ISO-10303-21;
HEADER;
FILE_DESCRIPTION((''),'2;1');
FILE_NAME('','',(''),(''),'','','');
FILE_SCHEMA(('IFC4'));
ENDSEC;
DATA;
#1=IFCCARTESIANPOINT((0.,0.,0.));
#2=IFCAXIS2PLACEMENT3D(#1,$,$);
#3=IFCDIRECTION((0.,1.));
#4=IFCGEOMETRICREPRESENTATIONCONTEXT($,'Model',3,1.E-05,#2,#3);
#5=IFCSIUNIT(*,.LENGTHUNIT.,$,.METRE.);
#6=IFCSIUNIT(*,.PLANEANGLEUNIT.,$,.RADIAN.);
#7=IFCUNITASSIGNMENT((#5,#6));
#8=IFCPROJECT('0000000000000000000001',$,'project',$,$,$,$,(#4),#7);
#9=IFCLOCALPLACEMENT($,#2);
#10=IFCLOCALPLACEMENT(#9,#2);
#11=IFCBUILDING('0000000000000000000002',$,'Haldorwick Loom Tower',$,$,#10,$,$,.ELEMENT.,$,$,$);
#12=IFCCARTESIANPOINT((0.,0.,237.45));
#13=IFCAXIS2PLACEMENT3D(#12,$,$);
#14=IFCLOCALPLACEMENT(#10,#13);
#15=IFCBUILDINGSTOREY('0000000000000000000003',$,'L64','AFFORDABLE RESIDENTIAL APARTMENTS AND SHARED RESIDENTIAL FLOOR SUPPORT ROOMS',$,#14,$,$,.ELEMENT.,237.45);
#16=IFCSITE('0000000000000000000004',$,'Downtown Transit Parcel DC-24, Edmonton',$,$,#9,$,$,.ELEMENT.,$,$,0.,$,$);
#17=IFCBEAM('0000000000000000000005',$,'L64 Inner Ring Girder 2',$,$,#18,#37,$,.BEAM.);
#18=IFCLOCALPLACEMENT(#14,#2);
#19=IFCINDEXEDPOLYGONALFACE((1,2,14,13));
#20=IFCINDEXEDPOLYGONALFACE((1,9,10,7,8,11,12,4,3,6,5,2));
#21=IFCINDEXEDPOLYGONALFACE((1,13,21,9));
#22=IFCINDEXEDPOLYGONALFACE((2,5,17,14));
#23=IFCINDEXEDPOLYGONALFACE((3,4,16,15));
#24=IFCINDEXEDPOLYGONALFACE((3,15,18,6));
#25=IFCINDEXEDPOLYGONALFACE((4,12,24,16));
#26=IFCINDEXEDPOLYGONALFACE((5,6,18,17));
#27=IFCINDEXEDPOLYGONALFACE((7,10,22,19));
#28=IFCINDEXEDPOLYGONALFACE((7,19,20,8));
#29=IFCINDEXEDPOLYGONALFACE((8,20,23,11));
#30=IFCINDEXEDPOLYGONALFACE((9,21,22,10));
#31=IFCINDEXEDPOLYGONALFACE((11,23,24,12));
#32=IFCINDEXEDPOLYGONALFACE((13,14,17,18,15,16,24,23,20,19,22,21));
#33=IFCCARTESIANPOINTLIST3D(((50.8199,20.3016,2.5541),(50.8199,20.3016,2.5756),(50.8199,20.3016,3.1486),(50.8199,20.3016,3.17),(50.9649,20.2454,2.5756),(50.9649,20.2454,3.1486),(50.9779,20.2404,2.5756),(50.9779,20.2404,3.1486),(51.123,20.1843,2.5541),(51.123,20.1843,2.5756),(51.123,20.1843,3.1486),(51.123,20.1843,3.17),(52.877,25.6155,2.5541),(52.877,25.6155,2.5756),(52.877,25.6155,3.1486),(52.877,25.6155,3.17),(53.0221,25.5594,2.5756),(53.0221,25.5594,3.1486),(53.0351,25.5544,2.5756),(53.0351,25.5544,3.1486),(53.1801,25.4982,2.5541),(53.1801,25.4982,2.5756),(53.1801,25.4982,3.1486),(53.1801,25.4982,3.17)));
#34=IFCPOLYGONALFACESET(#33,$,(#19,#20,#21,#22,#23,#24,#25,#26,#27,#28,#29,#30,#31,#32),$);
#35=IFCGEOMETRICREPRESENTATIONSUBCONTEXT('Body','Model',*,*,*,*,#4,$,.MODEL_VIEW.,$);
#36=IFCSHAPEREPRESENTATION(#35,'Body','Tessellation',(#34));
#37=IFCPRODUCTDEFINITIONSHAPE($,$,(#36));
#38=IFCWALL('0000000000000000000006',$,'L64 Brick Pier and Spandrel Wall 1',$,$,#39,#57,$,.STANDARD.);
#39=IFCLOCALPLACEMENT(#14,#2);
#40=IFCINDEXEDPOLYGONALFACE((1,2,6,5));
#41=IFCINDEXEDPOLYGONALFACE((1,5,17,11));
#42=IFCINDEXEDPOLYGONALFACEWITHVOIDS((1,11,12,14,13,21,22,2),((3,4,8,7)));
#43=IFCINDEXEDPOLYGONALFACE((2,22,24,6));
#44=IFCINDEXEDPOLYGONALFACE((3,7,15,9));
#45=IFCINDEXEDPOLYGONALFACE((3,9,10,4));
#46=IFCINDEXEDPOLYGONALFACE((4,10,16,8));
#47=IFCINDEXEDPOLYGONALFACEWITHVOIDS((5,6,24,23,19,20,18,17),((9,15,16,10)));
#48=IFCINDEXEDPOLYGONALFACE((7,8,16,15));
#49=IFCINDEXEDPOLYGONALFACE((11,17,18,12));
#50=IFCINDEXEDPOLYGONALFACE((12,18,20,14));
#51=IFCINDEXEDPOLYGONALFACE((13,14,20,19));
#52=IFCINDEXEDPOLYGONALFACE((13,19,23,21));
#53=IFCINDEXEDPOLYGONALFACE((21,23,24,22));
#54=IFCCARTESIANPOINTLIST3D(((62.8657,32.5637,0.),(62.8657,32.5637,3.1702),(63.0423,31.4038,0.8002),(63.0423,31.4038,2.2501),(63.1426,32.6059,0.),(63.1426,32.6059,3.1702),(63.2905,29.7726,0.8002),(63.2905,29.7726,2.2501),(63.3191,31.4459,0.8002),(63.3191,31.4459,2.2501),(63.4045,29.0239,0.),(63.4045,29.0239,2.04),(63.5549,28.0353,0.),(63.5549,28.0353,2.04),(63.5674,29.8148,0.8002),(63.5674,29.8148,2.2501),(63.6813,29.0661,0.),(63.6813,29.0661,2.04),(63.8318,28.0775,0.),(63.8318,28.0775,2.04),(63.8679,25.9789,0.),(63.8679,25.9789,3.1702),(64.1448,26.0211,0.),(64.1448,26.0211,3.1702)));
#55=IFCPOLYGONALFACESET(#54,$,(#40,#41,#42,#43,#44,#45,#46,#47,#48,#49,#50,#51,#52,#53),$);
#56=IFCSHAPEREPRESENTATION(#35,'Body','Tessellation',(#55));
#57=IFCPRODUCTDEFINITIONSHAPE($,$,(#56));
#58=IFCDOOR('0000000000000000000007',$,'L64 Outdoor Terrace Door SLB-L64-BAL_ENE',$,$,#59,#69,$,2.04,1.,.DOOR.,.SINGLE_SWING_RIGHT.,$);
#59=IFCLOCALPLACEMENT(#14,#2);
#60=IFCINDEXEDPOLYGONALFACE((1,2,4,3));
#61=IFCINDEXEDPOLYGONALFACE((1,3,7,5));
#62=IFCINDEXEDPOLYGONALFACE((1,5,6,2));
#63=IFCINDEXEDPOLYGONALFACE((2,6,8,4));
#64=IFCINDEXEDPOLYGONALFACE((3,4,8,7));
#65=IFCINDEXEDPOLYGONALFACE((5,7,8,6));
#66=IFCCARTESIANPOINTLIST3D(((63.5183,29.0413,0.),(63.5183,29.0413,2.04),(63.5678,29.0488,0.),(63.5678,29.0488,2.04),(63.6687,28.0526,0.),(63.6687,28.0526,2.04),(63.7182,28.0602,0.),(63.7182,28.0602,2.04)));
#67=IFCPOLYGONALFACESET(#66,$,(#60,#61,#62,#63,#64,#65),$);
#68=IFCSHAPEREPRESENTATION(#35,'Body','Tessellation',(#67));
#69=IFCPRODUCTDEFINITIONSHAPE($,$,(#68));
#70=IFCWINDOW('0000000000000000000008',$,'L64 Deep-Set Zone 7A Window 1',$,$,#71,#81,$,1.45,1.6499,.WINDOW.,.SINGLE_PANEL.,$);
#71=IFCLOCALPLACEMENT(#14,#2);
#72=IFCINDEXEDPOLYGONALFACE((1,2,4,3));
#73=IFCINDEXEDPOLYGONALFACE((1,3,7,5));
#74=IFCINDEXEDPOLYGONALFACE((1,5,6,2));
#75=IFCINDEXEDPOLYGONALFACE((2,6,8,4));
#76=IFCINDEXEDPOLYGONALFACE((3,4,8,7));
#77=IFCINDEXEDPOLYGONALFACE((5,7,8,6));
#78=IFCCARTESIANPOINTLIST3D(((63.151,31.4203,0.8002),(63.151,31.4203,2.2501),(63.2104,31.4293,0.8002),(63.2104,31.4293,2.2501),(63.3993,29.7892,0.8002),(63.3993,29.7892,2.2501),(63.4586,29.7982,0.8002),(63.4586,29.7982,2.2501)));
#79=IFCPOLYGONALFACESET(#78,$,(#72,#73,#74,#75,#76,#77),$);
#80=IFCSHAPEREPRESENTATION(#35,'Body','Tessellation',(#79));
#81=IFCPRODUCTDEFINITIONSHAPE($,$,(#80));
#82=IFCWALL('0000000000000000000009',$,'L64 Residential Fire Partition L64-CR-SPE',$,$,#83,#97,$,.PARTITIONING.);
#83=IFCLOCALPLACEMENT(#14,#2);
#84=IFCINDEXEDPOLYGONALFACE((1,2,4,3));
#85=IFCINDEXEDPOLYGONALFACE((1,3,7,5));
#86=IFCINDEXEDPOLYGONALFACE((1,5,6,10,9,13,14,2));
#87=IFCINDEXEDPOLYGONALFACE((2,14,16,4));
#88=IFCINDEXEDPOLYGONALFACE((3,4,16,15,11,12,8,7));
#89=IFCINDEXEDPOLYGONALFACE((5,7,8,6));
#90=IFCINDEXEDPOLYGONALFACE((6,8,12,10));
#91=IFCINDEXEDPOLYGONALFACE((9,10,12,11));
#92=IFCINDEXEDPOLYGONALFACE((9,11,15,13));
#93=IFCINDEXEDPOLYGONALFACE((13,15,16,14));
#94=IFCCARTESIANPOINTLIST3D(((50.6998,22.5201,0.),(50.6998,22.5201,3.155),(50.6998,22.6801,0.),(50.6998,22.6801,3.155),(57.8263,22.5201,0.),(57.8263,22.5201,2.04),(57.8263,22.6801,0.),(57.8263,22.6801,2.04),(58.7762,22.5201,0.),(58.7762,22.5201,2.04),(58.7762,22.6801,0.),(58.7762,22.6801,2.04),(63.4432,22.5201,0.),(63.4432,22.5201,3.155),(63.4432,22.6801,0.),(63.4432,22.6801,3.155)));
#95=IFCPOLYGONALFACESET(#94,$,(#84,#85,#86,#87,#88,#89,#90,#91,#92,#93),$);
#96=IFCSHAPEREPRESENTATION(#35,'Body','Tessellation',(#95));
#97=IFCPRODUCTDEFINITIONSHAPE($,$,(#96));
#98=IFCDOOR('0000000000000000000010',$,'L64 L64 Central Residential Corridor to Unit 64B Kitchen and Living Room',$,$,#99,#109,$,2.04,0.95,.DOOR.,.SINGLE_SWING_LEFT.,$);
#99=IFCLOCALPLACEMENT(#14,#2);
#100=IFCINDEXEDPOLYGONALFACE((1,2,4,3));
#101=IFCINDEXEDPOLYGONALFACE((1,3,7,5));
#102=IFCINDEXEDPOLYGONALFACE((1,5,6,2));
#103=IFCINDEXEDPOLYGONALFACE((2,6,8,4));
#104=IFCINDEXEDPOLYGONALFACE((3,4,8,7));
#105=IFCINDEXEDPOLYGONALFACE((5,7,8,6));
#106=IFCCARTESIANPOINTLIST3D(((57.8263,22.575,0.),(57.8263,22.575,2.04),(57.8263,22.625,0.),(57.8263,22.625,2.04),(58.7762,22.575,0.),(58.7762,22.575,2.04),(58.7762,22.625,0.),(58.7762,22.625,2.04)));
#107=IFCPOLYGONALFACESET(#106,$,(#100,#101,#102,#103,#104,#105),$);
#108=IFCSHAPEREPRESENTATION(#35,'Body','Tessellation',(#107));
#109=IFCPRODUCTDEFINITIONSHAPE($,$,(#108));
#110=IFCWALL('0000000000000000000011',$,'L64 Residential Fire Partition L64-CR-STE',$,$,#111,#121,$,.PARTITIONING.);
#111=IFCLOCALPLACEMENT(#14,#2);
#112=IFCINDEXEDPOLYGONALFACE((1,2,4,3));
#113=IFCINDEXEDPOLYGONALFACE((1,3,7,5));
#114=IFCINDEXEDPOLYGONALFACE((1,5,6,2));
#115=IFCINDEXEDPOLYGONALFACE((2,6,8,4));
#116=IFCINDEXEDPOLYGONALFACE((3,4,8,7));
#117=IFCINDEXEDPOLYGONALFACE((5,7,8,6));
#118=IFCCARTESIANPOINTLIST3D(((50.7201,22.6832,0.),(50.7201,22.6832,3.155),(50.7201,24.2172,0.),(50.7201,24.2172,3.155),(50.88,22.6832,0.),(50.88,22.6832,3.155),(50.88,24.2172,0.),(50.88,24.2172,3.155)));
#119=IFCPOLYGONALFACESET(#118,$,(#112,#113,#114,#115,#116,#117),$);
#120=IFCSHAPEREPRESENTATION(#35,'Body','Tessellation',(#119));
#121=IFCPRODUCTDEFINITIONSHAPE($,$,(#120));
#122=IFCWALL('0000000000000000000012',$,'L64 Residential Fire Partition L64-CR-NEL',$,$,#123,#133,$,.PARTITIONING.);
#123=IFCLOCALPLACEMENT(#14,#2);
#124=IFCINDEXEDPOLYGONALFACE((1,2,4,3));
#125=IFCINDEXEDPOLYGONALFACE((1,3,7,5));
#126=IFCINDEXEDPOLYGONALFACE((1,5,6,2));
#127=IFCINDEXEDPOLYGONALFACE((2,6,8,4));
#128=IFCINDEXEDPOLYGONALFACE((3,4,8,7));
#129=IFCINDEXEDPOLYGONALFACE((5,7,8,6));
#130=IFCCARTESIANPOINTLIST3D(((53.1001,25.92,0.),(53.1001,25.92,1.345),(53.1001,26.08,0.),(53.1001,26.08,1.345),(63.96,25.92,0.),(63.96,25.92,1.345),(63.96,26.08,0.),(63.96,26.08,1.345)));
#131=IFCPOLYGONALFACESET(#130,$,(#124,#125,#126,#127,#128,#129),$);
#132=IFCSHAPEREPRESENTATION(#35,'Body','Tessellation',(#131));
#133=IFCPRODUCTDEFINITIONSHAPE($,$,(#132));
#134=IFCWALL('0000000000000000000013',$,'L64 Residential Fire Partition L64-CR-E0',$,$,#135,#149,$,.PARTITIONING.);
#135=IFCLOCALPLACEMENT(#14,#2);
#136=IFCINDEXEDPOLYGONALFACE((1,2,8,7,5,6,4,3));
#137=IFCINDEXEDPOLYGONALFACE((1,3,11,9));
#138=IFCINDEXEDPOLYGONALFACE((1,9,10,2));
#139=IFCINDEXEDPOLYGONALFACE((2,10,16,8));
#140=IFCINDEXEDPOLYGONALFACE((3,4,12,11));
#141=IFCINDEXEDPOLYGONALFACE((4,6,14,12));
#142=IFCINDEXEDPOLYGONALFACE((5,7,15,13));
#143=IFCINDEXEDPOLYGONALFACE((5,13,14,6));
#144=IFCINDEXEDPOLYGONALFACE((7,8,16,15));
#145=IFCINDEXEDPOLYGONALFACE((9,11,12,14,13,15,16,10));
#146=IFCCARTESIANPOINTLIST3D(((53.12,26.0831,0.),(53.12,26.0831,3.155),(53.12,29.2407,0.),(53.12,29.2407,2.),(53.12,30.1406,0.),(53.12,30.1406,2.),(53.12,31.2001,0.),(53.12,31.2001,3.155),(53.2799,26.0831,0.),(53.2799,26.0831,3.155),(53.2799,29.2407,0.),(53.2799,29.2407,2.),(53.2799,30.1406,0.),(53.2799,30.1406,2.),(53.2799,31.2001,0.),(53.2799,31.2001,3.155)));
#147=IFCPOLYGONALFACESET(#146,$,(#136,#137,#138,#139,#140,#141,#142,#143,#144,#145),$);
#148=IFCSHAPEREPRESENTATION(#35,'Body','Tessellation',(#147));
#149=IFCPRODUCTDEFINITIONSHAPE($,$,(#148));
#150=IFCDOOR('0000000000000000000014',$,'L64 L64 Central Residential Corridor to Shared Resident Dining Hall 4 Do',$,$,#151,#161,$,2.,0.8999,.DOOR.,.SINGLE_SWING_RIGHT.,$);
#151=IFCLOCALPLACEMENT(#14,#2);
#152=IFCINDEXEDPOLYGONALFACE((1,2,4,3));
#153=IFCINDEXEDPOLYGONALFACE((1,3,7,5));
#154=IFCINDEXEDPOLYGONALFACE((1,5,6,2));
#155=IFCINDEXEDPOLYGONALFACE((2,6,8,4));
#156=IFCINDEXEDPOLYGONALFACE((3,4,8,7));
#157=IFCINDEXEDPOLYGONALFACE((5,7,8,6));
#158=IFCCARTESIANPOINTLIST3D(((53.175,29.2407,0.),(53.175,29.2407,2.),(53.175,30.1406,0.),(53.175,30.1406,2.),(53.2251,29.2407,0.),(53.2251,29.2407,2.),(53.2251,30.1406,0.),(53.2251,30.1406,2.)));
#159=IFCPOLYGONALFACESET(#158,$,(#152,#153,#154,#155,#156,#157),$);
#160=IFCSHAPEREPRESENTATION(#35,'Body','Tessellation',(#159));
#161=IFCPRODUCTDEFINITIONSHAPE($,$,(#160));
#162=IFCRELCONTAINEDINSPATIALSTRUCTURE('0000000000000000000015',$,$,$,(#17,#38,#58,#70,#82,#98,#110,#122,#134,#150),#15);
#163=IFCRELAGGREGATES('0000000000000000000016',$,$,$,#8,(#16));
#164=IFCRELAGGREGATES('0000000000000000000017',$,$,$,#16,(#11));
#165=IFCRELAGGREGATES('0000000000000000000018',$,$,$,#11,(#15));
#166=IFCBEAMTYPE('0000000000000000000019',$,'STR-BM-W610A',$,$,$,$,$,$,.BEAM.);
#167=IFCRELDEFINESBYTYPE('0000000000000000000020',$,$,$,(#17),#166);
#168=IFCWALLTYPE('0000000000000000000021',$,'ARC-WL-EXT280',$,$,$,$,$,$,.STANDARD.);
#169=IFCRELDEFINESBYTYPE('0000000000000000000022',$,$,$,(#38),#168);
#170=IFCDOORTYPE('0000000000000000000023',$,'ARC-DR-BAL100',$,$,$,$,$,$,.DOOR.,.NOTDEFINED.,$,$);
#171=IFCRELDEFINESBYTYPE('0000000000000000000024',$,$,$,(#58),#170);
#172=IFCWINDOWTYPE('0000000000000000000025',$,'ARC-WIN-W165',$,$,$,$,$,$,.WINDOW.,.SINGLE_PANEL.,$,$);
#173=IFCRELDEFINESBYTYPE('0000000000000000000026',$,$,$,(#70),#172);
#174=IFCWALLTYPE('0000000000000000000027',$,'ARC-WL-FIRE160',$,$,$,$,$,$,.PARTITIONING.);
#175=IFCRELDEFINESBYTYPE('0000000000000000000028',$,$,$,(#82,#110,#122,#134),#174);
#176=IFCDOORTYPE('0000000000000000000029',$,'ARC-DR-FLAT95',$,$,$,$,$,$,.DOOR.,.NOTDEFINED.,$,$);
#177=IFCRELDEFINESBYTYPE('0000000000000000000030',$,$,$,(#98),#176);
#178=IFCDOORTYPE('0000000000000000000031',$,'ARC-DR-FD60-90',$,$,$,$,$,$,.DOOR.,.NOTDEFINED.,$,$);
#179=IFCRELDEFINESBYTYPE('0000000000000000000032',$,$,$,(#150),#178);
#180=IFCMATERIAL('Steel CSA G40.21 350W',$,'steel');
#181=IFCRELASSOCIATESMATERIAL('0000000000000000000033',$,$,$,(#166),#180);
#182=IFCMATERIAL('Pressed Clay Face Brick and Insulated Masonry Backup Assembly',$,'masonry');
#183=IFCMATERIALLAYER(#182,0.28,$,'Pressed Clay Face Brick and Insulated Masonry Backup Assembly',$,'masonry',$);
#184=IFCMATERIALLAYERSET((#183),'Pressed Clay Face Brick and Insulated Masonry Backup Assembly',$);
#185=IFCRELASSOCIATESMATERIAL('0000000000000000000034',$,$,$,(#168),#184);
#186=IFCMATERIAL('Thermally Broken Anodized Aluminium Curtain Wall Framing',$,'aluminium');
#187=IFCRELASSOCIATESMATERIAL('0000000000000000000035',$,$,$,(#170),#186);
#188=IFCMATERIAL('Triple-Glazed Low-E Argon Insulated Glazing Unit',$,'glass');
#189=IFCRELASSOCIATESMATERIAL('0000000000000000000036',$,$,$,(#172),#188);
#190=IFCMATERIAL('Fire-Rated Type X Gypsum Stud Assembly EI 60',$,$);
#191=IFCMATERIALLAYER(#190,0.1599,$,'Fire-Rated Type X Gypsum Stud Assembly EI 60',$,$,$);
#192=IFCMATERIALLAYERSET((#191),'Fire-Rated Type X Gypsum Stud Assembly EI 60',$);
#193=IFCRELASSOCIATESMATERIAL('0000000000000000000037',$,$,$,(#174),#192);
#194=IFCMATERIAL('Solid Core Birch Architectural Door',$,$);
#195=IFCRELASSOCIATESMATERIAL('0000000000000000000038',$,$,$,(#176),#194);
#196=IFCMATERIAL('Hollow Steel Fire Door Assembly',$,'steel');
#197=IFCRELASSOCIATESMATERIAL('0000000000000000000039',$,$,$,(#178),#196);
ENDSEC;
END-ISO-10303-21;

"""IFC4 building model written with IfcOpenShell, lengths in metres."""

from ifc_helpers import new_model, si_unit, direction, frame, frame_2d, origin, origin_2d, place, context, subcontext, project, spatial, rectangle, i_section, extrude, material, layer, layer_set, material_profile, profile_set, type_object, element, fill, save


model = new_model("IFC4")

# Units and contexts
model_context = context("Model", 3, precision=1e-05, world=origin(), true_north=direction((0.0, 1.0)))
body_context = subcontext(model_context, "Body", "Model", "MODEL_VIEW")
ifc_project = project(units=[si_unit("LENGTHUNIT", "METRE"), si_unit("PLANEANGLEUNIT", "RADIAN")], contexts=[model_context])

# Site, building, storey
site_placement = place(None, origin())
site = spatial("IfcSite", under=ifc_project, at=site_placement, Name="Downtown Transit Parcel DC-24, Edmonton", CompositionType="ELEMENT", RefElevation=0.0)
building_placement = place(site_placement, origin())
building = spatial("IfcBuilding", under=site, at=building_placement, Name="Haldorwick Loom Tower", CompositionType="ELEMENT")
storey_placement = place(building_placement, frame((0.0, 0.0, 237.45)))
storey = spatial("IfcBuildingStorey", under=building, at=storey_placement, Name="L64", Description="AFFORDABLE RESIDENTIAL APARTMENTS AND SHARED RESIDENTIAL FLOOR SUPPORT ROOMS", CompositionType="ELEMENT", Elevation=237.45)

# Shared definitions
ifc_material_1 = material(Name="Steel CSA G40.21 350W", Category="steel")

# Beam
ifc_material_profile_1 = material_profile(ifc_material_1, i_section(OverallWidth=0.325, OverallDepth=0.616, WebThickness=0.0139, FlangeThickness=0.0215, at=origin_2d()), Name="W610X174", Category="steel")
ifc_profile_set_1 = profile_set([ifc_material_profile_1], Name="Steel CSA G40.21 350W")
beam_type_1 = type_object("IfcBeamType", Name="STR-BM-W610A", PredefinedType="BEAM", material=ifc_profile_set_1)
beam_1_placement = place(storey_placement, frame((53.0286, 25.5569, 2.8621), z_axis=(-0.361011, -0.932562, 0.0), x_axis=(0.932562, -0.361011, 0.0)))
element("IfcBeam", 1, at=beam_1_placement, inside=storey, type_object=beam_type_1, Name="L64 Inner Ring Girder 2", PredefinedType="BEAM", context=body_context, shape_type="SweptSolid", body=[
    extrude(i_section(OverallWidth=0.325, OverallDepth=0.616, WebThickness=0.0139, FlangeThickness=0.0215, at=origin_2d()), origin(), (0.0, 0.0, 1.0), 5.6982),
])

# Wall, openings, door, window
ifc_material_2 = material(Name="Pressed Clay Face Brick and Insulated Masonry Backup Assembly", Category="masonry")
ifc_layer_1 = layer(ifc_material_2, 0.28, Name="Pressed Clay Face Brick and Insulated Masonry Backup Assembly", Category="masonry")
ifc_layer_set_1 = layer_set([ifc_layer_1], Name="Pressed Clay Face Brick and Insulated Masonry Backup Assembly")
wall_type_1 = type_object("IfcWallType", Name="ARC-WL-EXT280", PredefinedType="STANDARD", material=ifc_layer_set_1)
wall_1_placement = place(storey_placement, frame((64.0063, 26.0, 0.0), z_axis=(0.0, 0.0, 1.0), x_axis=(-0.150468, 0.988615, 0.0)))
wall_1 = element("IfcWall", 2, at=wall_1_placement, inside=storey, type_object=wall_type_1, Name="L64 Brick Pier and Spandrel Wall 1", PredefinedType="STANDARD", context=body_context, shape_type="SweptSolid", body=[
    extrude(rectangle(XDim=6.6606, YDim=0.28, at=frame_2d((3.3303, 0.0))), origin(), (0.0, 0.0, 1.0), 3.1702),
])
opening_1_placement = place(wall_1_placement, frame((2.0801, 0.0, 0.0)))
opening_1 = element("IfcOpeningElement", 3, at=opening_1_placement, cuts=wall_1, PredefinedType="OPENING", context=body_context, shape_type="SweptSolid", body=[
    extrude(rectangle(XDim=1.0, YDim=2.04, at=frame_2d((0.5, 1.02))), frame((0.0, 0.1499, 0.0), z_axis=(0.0, -1.0, 0.0), x_axis=(1.0, 0.0, 0.0)), (0.0, 0.0, 1.0), 0.3),
])
opening_2_placement = place(wall_1_placement, frame((3.8374, 0.0, 0.8)))
opening_2 = element("IfcOpeningElement", 4, at=opening_2_placement, cuts=wall_1, PredefinedType="OPENING", context=body_context, shape_type="SweptSolid", body=[
    extrude(rectangle(XDim=1.6499, YDim=1.45, at=frame_2d((0.825, 0.7251))), frame((0.0, 0.1499, 0.0), z_axis=(0.0, -1.0, 0.0), x_axis=(1.0, 0.0, 0.0)), (0.0, 0.0, 1.0), 0.3),
])
ifc_material_3 = material(Name="Thermally Broken Anodized Aluminium Curtain Wall Framing", Category="aluminium")
door_type_1 = type_object("IfcDoorType", Name="ARC-DR-BAL100", OperationType="NOTDEFINED", PredefinedType="DOOR", material=ifc_material_3)
door_1_placement = place(opening_1_placement, origin())
door_1 = element("IfcDoor", 5, at=door_1_placement, inside=storey, type_object=door_type_1, Name="L64 Outdoor Terrace Door SLB-L64-BAL_ENE", OperationType="SINGLE_SWING_RIGHT", OverallHeight=2.04, OverallWidth=1.0, PredefinedType="DOOR", context=body_context, shape_type="SweptSolid", body=[
    extrude(rectangle(XDim=1.0, YDim=2.04, at=frame_2d((0.5, 1.02))), frame((0.0, 0.0249, 0.0), z_axis=(0.0, -1.0, 0.0), x_axis=(1.0, 0.0, 0.0)), (0.0, 0.0, 1.0), 0.05),
])
fill(opening_1, door_1)
ifc_material_4 = material(Name="Triple-Glazed Low-E Argon Insulated Glazing Unit", Category="glass")
window_type = type_object("IfcWindowType", Name="ARC-WIN-W165", PartitioningType="SINGLE_PANEL", PredefinedType="WINDOW", material=ifc_material_4)
window_placement = place(opening_2_placement, origin())
window = element("IfcWindow", 6, at=window_placement, inside=storey, type_object=window_type, Name="L64 Deep-Set Zone 7A Window 1", OverallHeight=1.45, OverallWidth=1.6499, PartitioningType="SINGLE_PANEL", PredefinedType="WINDOW", context=body_context, shape_type="SweptSolid", body=[
    extrude(rectangle(XDim=1.6499, YDim=1.45, at=frame_2d((0.825, 0.7251))), frame((0.0, 0.03, 0.0), z_axis=(0.0, -1.0, 0.0), x_axis=(1.0, 0.0, 0.0)), (0.0, 0.0, 1.0), 0.0601),
])
fill(opening_2, window)

# Wall, opening, door
ifc_material_5 = material(Name="Fire-Rated Type X Gypsum Stud Assembly EI 60")
ifc_layer_2 = layer(ifc_material_5, 0.1599, Name="Fire-Rated Type X Gypsum Stud Assembly EI 60")
ifc_layer_set_2 = layer_set([ifc_layer_2], Name="Fire-Rated Type X Gypsum Stud Assembly EI 60")
wall_type_2 = type_object("IfcWallType", Name="ARC-WL-FIRE160", PredefinedType="PARTITIONING", material=ifc_layer_set_2)
wall_2_placement = place(storey_placement, frame((50.7, 22.6001, 0.0), z_axis=(0.0, 0.0, 1.0), x_axis=(1.0, 0.0, 0.0)))
wall_2 = element("IfcWall", 7, at=wall_2_placement, inside=storey, type_object=wall_type_2, Name="L64 Residential Fire Partition L64-CR-SPE", PredefinedType="PARTITIONING", context=body_context, shape_type="SweptSolid", body=[
    extrude(rectangle(XDim=12.7434, YDim=0.1599, at=frame_2d((6.3716, 0.0))), origin(), (0.0, 0.0, 1.0), 3.155),
])
opening_3_placement = place(wall_2_placement, frame((7.1262, 0.0, 0.0)))
opening_3 = element("IfcOpeningElement", 8, at=opening_3_placement, cuts=wall_2, PredefinedType="OPENING", context=body_context, shape_type="SweptSolid", body=[
    extrude(rectangle(XDim=0.95, YDim=2.04, at=frame_2d((0.4751, 1.02))), frame((0.0, 0.0898, 0.0), z_axis=(0.0, -1.0, 0.0), x_axis=(1.0, 0.0, 0.0)), (0.0, 0.0, 1.0), 0.1799),
])
ifc_material_6 = material(Name="Solid Core Birch Architectural Door")
door_type_2 = type_object("IfcDoorType", Name="ARC-DR-FLAT95", OperationType="NOTDEFINED", PredefinedType="DOOR", material=ifc_material_6)
door_2_placement = place(opening_3_placement, origin())
door_2 = element("IfcDoor", 9, at=door_2_placement, inside=storey, type_object=door_type_2, Name="L64 L64 Central Residential Corridor to Unit 64B Kitchen and Living Room", OperationType="SINGLE_SWING_LEFT", OverallHeight=2.04, OverallWidth=0.95, PredefinedType="DOOR", context=body_context, shape_type="SweptSolid", body=[
    extrude(rectangle(XDim=0.95, YDim=2.04, at=frame_2d((0.4751, 1.02))), frame((0.0, 0.0249, 0.0), z_axis=(0.0, -1.0, 0.0), x_axis=(1.0, 0.0, 0.0)), (0.0, 0.0, 1.0), 0.05),
])
fill(opening_3, door_2)

# Walls
wall_3_placement = place(storey_placement, frame((50.8, 22.6831, 0.0), z_axis=(0.0, 0.0, 1.0), x_axis=(0.0, 1.0, 0.0)))
element("IfcWall", 10, at=wall_3_placement, inside=storey, type_object=wall_type_2, Name="L64 Residential Fire Partition L64-CR-STE", PredefinedType="PARTITIONING", context=body_context, shape_type="SweptSolid", body=[
    extrude(rectangle(XDim=1.5339, YDim=0.1599, at=frame_2d((0.7671, 0.0))), origin(), (0.0, 0.0, 1.0), 3.155),
])
wall_4_placement = place(storey_placement, frame((53.1001, 26.0, 0.0), z_axis=(0.0, 0.0, 1.0), x_axis=(1.0, 0.0, 0.0)))
element("IfcWall", 11, at=wall_4_placement, inside=storey, type_object=wall_type_2, Name="L64 Residential Fire Partition L64-CR-NEL", PredefinedType="PARTITIONING", context=body_context, shape_type="SweptSolid", body=[
    extrude(rectangle(XDim=10.8599, YDim=0.1599, at=frame_2d((5.4299, 0.0))), origin(), (0.0, 0.0, 1.0), 1.345),
])

# Wall, opening, door
wall_5_placement = place(storey_placement, frame((53.2, 26.083, 0.0), z_axis=(0.0, 0.0, 1.0), x_axis=(0.0, 1.0, 0.0)))
wall_5 = element("IfcWall", 12, at=wall_5_placement, inside=storey, type_object=wall_type_2, Name="L64 Residential Fire Partition L64-CR-E0", PredefinedType="PARTITIONING", context=body_context, shape_type="SweptSolid", body=[
    extrude(rectangle(XDim=5.1169, YDim=0.1599, at=frame_2d((2.5586, 0.0))), origin(), (0.0, 0.0, 1.0), 3.155),
])
opening_4_placement = place(wall_5_placement, frame((3.1577, 0.0, 0.0)))
opening_4 = element("IfcOpeningElement", 13, at=opening_4_placement, cuts=wall_5, PredefinedType="OPENING", context=body_context, shape_type="SweptSolid", body=[
    extrude(rectangle(XDim=0.8999, YDim=2.0, at=frame_2d((0.45, 1.0))), frame((0.0, 0.0898, 0.0), z_axis=(0.0, -1.0, 0.0), x_axis=(1.0, 0.0, 0.0)), (0.0, 0.0, 1.0), 0.1799),
])
ifc_material_7 = material(Name="Hollow Steel Fire Door Assembly", Category="steel")
door_type_3 = type_object("IfcDoorType", Name="ARC-DR-FD60-90", OperationType="NOTDEFINED", PredefinedType="DOOR", material=ifc_material_7)
door_3_placement = place(opening_4_placement, origin())
door_3 = element("IfcDoor", 14, at=door_3_placement, inside=storey, type_object=door_type_3, Name="L64 L64 Central Residential Corridor to Shared Resident Dining Hall 4 Do", OperationType="SINGLE_SWING_RIGHT", OverallHeight=2.0, OverallWidth=0.8999, PredefinedType="DOOR", context=body_context, shape_type="SweptSolid", body=[
    extrude(rectangle(XDim=0.8999, YDim=2.0, at=frame_2d((0.45, 1.0))), frame((0.0, 0.0249, 0.0), z_axis=(0.0, -1.0, 0.0), x_axis=(1.0, 0.0, 0.0)), (0.0, 0.0, 1.0), 0.05),
])
fill(opening_4, door_3)

save(model, "model.ifc")
